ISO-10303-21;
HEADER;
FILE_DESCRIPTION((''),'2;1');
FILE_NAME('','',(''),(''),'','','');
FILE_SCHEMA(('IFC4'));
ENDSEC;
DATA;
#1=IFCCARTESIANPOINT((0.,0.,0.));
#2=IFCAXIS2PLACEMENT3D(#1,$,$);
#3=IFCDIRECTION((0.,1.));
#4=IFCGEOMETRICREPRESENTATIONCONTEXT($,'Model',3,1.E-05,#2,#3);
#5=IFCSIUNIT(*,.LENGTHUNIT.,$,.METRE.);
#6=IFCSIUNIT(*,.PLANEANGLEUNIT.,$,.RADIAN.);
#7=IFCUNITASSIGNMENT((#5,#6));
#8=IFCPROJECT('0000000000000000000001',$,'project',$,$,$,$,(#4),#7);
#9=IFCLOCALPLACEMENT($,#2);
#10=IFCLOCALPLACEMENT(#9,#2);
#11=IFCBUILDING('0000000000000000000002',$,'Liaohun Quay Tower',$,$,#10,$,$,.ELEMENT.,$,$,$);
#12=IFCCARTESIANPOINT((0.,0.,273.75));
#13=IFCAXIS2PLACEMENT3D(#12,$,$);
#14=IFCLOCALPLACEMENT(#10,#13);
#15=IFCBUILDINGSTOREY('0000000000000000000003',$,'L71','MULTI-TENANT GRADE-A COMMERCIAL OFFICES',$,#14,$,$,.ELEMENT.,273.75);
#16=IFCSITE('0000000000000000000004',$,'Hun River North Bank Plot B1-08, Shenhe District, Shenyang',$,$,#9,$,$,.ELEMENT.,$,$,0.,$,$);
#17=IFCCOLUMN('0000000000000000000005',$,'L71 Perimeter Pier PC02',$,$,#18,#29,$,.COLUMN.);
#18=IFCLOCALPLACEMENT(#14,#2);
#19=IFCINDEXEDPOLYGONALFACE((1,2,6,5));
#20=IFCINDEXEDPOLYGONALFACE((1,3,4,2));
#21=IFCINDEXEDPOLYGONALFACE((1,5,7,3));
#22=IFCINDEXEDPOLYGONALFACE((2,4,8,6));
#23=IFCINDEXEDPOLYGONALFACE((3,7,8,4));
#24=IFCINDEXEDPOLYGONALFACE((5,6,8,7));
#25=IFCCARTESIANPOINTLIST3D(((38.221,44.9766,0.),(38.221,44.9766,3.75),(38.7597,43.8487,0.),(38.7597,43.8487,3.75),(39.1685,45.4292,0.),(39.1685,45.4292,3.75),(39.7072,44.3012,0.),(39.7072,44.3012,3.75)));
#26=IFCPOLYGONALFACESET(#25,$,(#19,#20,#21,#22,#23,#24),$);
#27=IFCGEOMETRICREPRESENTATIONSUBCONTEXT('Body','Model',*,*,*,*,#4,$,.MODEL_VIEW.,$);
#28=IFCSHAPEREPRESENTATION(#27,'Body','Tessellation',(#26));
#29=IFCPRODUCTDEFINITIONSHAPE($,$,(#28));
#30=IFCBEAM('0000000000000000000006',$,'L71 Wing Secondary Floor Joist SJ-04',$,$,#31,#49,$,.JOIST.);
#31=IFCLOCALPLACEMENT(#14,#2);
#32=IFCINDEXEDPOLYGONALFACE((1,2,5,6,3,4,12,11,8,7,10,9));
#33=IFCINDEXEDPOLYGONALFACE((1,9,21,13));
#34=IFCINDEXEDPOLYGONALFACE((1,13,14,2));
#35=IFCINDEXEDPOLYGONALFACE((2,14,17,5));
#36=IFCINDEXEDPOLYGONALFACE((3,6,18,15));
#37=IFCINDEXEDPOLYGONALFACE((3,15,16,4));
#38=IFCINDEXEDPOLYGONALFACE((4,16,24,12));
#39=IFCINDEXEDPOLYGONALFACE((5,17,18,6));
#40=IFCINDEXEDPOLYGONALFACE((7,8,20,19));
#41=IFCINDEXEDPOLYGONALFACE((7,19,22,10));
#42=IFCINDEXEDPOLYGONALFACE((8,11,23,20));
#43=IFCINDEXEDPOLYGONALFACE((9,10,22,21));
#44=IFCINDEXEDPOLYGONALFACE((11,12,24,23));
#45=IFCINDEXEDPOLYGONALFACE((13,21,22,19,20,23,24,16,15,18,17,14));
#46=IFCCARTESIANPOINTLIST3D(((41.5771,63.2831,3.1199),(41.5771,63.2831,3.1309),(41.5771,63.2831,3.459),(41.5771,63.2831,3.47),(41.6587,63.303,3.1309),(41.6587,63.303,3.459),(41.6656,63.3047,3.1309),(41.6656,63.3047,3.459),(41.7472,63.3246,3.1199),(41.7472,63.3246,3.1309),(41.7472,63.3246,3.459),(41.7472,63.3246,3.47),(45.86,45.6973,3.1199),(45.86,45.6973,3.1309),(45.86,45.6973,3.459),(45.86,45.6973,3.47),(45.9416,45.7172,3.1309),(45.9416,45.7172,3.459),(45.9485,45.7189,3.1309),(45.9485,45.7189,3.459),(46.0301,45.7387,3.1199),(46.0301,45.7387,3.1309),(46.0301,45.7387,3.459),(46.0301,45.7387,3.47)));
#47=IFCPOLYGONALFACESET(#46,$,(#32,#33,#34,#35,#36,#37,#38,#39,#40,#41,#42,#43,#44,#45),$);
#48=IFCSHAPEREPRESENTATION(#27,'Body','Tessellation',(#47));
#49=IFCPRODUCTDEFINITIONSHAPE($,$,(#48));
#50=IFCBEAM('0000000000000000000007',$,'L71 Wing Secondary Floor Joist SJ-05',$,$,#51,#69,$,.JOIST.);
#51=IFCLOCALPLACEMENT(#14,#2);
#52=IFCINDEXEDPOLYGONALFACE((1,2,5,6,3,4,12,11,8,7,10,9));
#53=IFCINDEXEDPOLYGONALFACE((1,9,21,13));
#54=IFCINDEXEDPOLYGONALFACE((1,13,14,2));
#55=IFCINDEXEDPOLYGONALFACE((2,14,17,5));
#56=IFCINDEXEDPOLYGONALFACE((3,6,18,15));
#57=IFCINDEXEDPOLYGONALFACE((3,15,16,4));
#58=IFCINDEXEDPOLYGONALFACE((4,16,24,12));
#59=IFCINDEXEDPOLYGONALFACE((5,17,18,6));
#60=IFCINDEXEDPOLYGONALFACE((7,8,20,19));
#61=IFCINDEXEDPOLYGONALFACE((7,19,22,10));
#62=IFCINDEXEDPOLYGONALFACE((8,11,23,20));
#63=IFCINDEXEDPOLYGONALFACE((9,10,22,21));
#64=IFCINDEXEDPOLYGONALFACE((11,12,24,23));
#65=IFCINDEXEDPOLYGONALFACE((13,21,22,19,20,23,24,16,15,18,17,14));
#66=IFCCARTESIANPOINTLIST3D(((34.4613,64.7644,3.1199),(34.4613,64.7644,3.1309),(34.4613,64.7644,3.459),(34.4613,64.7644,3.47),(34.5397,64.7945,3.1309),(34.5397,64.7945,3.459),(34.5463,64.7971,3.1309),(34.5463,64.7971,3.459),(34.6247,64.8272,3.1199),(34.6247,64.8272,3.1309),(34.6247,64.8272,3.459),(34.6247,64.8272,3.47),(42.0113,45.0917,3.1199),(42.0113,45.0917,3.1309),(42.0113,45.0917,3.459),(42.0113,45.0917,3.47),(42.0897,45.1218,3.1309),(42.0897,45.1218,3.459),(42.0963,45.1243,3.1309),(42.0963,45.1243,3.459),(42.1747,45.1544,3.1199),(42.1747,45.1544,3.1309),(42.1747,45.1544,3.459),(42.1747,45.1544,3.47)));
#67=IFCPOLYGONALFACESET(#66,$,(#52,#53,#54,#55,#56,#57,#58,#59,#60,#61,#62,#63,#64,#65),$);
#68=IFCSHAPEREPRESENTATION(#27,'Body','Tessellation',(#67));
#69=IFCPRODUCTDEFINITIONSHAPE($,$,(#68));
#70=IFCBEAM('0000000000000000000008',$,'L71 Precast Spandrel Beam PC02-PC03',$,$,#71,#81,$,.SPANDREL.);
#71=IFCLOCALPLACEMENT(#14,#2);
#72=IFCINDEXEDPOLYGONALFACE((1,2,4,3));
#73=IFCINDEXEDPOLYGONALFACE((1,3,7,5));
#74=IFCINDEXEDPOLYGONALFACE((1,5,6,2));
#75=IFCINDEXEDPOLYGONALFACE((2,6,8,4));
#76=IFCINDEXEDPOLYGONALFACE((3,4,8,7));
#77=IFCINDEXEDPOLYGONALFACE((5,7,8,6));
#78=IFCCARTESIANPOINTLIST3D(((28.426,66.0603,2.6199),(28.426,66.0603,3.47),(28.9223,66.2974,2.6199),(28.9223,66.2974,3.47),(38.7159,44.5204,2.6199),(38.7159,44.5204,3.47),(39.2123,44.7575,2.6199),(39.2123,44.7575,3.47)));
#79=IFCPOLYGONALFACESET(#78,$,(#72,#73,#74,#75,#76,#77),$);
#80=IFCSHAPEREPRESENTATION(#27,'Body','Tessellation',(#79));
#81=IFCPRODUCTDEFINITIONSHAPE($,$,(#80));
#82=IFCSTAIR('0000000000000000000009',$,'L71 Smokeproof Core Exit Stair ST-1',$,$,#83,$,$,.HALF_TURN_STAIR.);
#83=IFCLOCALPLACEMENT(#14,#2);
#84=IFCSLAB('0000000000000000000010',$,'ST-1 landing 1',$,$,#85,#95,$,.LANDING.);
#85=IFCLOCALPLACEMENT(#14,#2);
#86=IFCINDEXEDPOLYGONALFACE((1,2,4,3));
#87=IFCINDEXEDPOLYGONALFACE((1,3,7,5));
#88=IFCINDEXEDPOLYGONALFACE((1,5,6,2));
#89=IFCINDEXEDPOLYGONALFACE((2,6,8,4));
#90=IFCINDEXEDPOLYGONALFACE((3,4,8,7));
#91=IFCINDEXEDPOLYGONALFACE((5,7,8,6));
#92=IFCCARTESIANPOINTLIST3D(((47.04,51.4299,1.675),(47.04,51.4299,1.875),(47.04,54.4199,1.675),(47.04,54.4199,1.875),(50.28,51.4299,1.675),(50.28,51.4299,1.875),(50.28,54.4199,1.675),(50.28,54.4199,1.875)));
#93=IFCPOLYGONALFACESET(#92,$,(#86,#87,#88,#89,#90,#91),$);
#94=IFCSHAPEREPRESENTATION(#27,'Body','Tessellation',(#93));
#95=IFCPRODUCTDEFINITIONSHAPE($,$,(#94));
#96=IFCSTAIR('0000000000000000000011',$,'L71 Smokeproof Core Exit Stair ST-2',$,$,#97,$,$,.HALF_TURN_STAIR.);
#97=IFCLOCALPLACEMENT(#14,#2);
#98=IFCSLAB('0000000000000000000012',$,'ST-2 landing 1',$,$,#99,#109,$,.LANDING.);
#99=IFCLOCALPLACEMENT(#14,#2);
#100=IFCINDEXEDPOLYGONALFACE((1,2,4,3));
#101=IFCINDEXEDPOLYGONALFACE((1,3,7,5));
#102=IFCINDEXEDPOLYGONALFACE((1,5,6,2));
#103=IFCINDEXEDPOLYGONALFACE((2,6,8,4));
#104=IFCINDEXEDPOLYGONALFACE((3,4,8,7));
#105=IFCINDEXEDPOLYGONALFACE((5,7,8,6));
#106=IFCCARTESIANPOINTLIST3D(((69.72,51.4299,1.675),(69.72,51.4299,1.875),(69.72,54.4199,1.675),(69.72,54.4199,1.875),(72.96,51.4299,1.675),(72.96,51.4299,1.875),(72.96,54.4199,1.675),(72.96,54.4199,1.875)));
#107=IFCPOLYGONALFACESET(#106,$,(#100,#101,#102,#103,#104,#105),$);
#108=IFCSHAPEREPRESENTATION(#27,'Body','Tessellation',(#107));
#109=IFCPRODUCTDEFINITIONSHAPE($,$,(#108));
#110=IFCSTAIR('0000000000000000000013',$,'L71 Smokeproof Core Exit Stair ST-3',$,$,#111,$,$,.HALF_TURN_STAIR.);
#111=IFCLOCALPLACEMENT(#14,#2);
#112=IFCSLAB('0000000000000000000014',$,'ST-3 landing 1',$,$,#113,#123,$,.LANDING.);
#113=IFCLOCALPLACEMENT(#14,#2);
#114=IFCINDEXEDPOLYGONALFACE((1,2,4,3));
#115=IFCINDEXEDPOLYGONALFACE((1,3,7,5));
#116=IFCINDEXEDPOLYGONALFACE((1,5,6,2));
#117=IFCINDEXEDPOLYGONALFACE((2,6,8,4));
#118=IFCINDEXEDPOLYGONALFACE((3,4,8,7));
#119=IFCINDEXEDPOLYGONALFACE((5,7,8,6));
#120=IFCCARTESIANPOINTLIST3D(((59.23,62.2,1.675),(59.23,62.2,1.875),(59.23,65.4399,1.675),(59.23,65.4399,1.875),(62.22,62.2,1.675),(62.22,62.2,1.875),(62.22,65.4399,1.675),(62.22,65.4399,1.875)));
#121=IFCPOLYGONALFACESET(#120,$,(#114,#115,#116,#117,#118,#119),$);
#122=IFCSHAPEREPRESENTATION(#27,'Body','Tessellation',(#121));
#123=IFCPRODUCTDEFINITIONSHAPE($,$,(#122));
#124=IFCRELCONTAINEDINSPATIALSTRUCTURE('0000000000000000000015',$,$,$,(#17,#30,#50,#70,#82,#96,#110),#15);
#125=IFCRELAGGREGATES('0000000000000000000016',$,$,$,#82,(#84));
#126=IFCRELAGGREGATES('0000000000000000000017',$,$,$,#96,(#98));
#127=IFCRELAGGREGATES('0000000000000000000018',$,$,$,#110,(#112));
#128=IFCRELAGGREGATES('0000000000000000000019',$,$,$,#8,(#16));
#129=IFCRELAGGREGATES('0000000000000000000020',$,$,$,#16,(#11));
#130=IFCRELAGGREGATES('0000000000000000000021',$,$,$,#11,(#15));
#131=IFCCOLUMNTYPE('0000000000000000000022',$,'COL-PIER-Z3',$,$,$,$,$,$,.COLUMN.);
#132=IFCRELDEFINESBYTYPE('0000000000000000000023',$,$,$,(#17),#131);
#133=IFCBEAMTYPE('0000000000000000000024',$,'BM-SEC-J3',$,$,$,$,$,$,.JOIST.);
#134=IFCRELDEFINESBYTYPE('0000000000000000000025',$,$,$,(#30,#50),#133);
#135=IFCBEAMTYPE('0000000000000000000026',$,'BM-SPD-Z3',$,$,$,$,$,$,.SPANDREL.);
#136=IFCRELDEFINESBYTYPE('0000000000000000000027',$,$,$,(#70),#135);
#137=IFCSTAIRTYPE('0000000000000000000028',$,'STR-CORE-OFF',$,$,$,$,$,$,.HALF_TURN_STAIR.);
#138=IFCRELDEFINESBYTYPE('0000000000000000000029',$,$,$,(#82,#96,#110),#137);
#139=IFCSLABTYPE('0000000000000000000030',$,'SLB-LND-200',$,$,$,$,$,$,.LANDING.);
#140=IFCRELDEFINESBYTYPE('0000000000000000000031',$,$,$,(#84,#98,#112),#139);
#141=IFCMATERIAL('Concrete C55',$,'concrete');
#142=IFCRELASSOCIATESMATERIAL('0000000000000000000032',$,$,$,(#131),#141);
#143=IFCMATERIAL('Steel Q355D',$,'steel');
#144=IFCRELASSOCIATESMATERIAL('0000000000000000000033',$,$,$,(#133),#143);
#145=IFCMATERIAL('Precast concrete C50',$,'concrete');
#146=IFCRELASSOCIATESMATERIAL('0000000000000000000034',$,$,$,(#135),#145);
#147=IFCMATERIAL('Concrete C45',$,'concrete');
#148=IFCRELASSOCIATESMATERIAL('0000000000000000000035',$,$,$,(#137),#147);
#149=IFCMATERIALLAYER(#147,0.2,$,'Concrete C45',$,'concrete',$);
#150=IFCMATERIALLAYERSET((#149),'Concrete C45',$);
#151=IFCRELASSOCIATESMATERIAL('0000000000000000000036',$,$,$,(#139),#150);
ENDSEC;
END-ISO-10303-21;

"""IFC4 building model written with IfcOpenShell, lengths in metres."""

from ifc_helpers import new_model, si_unit, direction, frame, origin, origin_2d, place, context, subcontext, project, spatial, polyline, rectangle, i_section, outline, extrude, source, transform, mapped, material, layer, layer_set, material_profile, profile_set, type_object, element, aggregate, save


model = new_model("IFC4")

# Units and contexts
model_context = context("Model", 3, precision=1e-05, world=origin(), true_north=direction((0.0, 1.0)))
body_context = subcontext(model_context, "Body", "Model", "MODEL_VIEW")
ifc_project = project(units=[si_unit("LENGTHUNIT", "METRE"), si_unit("PLANEANGLEUNIT", "RADIAN")], contexts=[model_context])

# Site, building, storey
site_placement = place(None, origin())
site = spatial("IfcSite", under=ifc_project, at=site_placement, Name="Hun River North Bank Plot B1-08, Shenhe District, Shenyang", CompositionType="ELEMENT", RefElevation=0.0)
building_placement = place(site_placement, origin())
building = spatial("IfcBuilding", under=site, at=building_placement, Name="Liaohun Quay Tower", CompositionType="ELEMENT")
storey_placement = place(building_placement, frame((0.0, 0.0, 273.75)))
storey = spatial("IfcBuildingStorey", under=building, at=storey_placement, Name="L71", Description="MULTI-TENANT GRADE-A COMMERCIAL OFFICES", CompositionType="ELEMENT", Elevation=273.75)

# Column
ifc_material_1 = material(Name="Concrete C55", Category="concrete")
ifc_material_profile_1 = material_profile(ifc_material_1, rectangle(XDim=1.25, YDim=1.05, at=origin_2d()), Name="RC1250x1050")
ifc_profile_set_1 = profile_set([ifc_material_profile_1], Name="Concrete C55")
column_type = type_object("IfcColumnType", Name="COL-PIER-Z3", PredefinedType="COLUMN", material=ifc_profile_set_1)
shared_shape_1 = source(origin(), body_context, "Body", "SweptSolid", [
    extrude(rectangle(XDim=1.25, YDim=1.05, at=origin_2d()), origin(), (0.0, 0.0, 1.0), 3.75),
])
column_placement = place(storey_placement, frame((38.9641, 44.6389, 0.0), z_axis=(0.0, 0.0, 1.0), x_axis=(-0.430984, 0.90236, 0.0)))
element("IfcColumn", 1, at=column_placement, inside=storey, type_object=column_type, Name="L71 Perimeter Pier PC02", PredefinedType="COLUMN", context=body_context, shape_type="MappedRepresentation", body=[
    mapped(shared_shape_1, transform((0.0, 0.0, 0.0), x_axis=(1.0, 0.0, 0.0), y_axis=(0.0, 1.0, 0.0), z_axis=(0.0, 0.0, 1.0), scale=1.0)),
])

# Beams
ifc_material_2 = material(Name="Steel Q355D", Category="steel")
ifc_material_profile_2 = material_profile(ifc_material_2, i_section(OverallWidth=0.175, OverallDepth=0.3501, WebThickness=0.0071, FlangeThickness=0.011, at=origin_2d()), Name="HN350x175x7x11")
ifc_profile_set_2 = profile_set([ifc_material_profile_2], Name="Steel Q355D")
beam_type_1 = type_object("IfcBeamType", Name="BM-SEC-J3", PredefinedType="JOIST", material=ifc_profile_set_2)
shared_shape_2 = source(origin(), body_context, "Body", "SweptSolid", [
    extrude(i_section(OverallWidth=0.175, OverallDepth=0.3501, WebThickness=0.0071, FlangeThickness=0.011, at=origin_2d()), origin(), (0.0, 0.0, 1.0), 18.0999),
])
beam_1_placement = place(storey_placement, frame((45.9451, 45.718, 3.2949), z_axis=(-0.236628, 0.9716, 0.0), x_axis=(-0.9716, -0.236628, 0.0)))
element("IfcBeam", 2, at=beam_1_placement, inside=storey, type_object=beam_type_1, Name="L71 Wing Secondary Floor Joist SJ-04", PredefinedType="JOIST", context=body_context, shape_type="MappedRepresentation", body=[
    mapped(shared_shape_2, transform((0.0, 0.0, 0.0), x_axis=(1.0, 0.0, 0.0), y_axis=(0.0, 1.0, 0.0), z_axis=(0.0, 0.0, 1.0), scale=1.0)),
])
shared_shape_3 = source(origin(), body_context, "Body", "SweptSolid", [
    extrude(i_section(OverallWidth=0.175, OverallDepth=0.3501, WebThickness=0.0071, FlangeThickness=0.011, at=origin_2d()), origin(), (0.0, 0.0, 1.0), 21.0718),
])
beam_2_placement = place(storey_placement, frame((42.093, 45.123, 3.2949), z_axis=(-0.3583, 0.933607, 0.0), x_axis=(-0.933607, -0.3583, 0.0)))
element("IfcBeam", 3, at=beam_2_placement, inside=storey, type_object=beam_type_1, Name="L71 Wing Secondary Floor Joist SJ-05", PredefinedType="JOIST", context=body_context, shape_type="MappedRepresentation", body=[
    mapped(shared_shape_3, transform((0.0, 0.0, 0.0), x_axis=(1.0, 0.0, 0.0), y_axis=(0.0, 1.0, 0.0), z_axis=(0.0, 0.0, 1.0), scale=1.0)),
])
ifc_material_3 = material(Name="Precast concrete C50", Category="concrete")
ifc_material_profile_3 = material_profile(ifc_material_3, rectangle(XDim=0.55, YDim=0.8501, at=origin_2d()), Name="RC550x850")
ifc_profile_set_3 = profile_set([ifc_material_profile_3], Name="Precast concrete C50")
beam_type_2 = type_object("IfcBeamType", Name="BM-SPD-Z3", PredefinedType="SPANDREL", material=ifc_profile_set_3)
shared_shape_4 = source(origin(), body_context, "Body", "SweptSolid", [
    extrude(rectangle(XDim=0.55, YDim=0.8501, at=origin_2d()), origin(), (0.0, 0.0, 1.0), 23.8716),
])
beam_3_placement = place(storey_placement, frame((38.9641, 44.6389, 3.0449), z_axis=(-0.431056, 0.902325, 0.0), x_axis=(-0.902325, -0.431056, 0.0)))
element("IfcBeam", 4, at=beam_3_placement, inside=storey, type_object=beam_type_2, Name="L71 Precast Spandrel Beam PC02-PC03", PredefinedType="SPANDREL", context=body_context, shape_type="MappedRepresentation", body=[
    mapped(shared_shape_4, transform((0.0, 0.0, 0.0), x_axis=(1.0, 0.0, 0.0), y_axis=(0.0, 1.0, 0.0), z_axis=(0.0, 0.0, 1.0), scale=1.0)),
])

# Stairs, slabs
ifc_material_4 = material(Name="Concrete C45", Category="concrete")
stair_type = type_object("IfcStairType", Name="STR-CORE-OFF", PredefinedType="HALF_TURN_STAIR", material=ifc_material_4)
stair_1_placement = place(storey_placement, origin())
stair_1 = element("IfcStair", 5, at=stair_1_placement, inside=storey, type_object=stair_type, Name="L71 Smokeproof Core Exit Stair ST-1", PredefinedType="HALF_TURN_STAIR")
ifc_layer_1 = layer(ifc_material_4, 0.2, Name="Concrete C45", Category="concrete")
ifc_layer_set_1 = layer_set([ifc_layer_1], Name="Concrete C45")
slab_type_1 = type_object("IfcSlabType", Name="SLB-LND-200", PredefinedType="LANDING", material=ifc_layer_set_1)
slab_1_placement = place(storey_placement, frame((0.0, 0.0, 1.675)))
slab_1 = element("IfcSlab", 6, at=slab_1_placement, type_object=slab_type_1, Name="ST-1 landing 1", PredefinedType="LANDING", context=body_context, shape_type="SweptSolid", body=[
    extrude(outline(polyline([(50.28, 51.4299), (50.28, 54.4199), (47.04, 54.4199), (47.04, 51.4299), (50.28, 51.4299)])), origin(), (0.0, 0.0, 1.0), 0.2),
])
aggregate(stair_1, [slab_1])
stair_2_placement = place(storey_placement, origin())
stair_2 = element("IfcStair", 7, at=stair_2_placement, inside=storey, type_object=stair_type, Name="L71 Smokeproof Core Exit Stair ST-2", PredefinedType="HALF_TURN_STAIR")
slab_2_placement = place(storey_placement, frame((0.0, 0.0, 1.675)))
slab_2 = element("IfcSlab", 8, at=slab_2_placement, type_object=slab_type_1, Name="ST-2 landing 1", PredefinedType="LANDING", context=body_context, shape_type="SweptSolid", body=[
    extrude(outline(polyline([(72.96, 51.4299), (72.96, 54.4199), (69.72, 54.4199), (69.72, 51.4299), (72.96, 51.4299)])), origin(), (0.0, 0.0, 1.0), 0.2),
])
aggregate(stair_2, [slab_2])
stair_3_placement = place(storey_placement, origin())
stair_3 = element("IfcStair", 9, at=stair_3_placement, inside=storey, type_object=stair_type, Name="L71 Smokeproof Core Exit Stair ST-3", PredefinedType="HALF_TURN_STAIR")
slab_3_placement = place(storey_placement, frame((0.0, 0.0, 1.675)))
slab_3 = element("IfcSlab", 10, at=slab_3_placement, type_object=slab_type_1, Name="ST-3 landing 1", PredefinedType="LANDING", context=body_context, shape_type="SweptSolid", body=[
    extrude(outline(polyline([(59.23, 62.2), (62.22, 62.2), (62.22, 65.4399), (59.23, 65.4399), (59.23, 62.2)])), origin(), (0.0, 0.0, 1.0), 0.2),
])
aggregate(stair_3, [slab_3])

save(model, "model.ifc")
